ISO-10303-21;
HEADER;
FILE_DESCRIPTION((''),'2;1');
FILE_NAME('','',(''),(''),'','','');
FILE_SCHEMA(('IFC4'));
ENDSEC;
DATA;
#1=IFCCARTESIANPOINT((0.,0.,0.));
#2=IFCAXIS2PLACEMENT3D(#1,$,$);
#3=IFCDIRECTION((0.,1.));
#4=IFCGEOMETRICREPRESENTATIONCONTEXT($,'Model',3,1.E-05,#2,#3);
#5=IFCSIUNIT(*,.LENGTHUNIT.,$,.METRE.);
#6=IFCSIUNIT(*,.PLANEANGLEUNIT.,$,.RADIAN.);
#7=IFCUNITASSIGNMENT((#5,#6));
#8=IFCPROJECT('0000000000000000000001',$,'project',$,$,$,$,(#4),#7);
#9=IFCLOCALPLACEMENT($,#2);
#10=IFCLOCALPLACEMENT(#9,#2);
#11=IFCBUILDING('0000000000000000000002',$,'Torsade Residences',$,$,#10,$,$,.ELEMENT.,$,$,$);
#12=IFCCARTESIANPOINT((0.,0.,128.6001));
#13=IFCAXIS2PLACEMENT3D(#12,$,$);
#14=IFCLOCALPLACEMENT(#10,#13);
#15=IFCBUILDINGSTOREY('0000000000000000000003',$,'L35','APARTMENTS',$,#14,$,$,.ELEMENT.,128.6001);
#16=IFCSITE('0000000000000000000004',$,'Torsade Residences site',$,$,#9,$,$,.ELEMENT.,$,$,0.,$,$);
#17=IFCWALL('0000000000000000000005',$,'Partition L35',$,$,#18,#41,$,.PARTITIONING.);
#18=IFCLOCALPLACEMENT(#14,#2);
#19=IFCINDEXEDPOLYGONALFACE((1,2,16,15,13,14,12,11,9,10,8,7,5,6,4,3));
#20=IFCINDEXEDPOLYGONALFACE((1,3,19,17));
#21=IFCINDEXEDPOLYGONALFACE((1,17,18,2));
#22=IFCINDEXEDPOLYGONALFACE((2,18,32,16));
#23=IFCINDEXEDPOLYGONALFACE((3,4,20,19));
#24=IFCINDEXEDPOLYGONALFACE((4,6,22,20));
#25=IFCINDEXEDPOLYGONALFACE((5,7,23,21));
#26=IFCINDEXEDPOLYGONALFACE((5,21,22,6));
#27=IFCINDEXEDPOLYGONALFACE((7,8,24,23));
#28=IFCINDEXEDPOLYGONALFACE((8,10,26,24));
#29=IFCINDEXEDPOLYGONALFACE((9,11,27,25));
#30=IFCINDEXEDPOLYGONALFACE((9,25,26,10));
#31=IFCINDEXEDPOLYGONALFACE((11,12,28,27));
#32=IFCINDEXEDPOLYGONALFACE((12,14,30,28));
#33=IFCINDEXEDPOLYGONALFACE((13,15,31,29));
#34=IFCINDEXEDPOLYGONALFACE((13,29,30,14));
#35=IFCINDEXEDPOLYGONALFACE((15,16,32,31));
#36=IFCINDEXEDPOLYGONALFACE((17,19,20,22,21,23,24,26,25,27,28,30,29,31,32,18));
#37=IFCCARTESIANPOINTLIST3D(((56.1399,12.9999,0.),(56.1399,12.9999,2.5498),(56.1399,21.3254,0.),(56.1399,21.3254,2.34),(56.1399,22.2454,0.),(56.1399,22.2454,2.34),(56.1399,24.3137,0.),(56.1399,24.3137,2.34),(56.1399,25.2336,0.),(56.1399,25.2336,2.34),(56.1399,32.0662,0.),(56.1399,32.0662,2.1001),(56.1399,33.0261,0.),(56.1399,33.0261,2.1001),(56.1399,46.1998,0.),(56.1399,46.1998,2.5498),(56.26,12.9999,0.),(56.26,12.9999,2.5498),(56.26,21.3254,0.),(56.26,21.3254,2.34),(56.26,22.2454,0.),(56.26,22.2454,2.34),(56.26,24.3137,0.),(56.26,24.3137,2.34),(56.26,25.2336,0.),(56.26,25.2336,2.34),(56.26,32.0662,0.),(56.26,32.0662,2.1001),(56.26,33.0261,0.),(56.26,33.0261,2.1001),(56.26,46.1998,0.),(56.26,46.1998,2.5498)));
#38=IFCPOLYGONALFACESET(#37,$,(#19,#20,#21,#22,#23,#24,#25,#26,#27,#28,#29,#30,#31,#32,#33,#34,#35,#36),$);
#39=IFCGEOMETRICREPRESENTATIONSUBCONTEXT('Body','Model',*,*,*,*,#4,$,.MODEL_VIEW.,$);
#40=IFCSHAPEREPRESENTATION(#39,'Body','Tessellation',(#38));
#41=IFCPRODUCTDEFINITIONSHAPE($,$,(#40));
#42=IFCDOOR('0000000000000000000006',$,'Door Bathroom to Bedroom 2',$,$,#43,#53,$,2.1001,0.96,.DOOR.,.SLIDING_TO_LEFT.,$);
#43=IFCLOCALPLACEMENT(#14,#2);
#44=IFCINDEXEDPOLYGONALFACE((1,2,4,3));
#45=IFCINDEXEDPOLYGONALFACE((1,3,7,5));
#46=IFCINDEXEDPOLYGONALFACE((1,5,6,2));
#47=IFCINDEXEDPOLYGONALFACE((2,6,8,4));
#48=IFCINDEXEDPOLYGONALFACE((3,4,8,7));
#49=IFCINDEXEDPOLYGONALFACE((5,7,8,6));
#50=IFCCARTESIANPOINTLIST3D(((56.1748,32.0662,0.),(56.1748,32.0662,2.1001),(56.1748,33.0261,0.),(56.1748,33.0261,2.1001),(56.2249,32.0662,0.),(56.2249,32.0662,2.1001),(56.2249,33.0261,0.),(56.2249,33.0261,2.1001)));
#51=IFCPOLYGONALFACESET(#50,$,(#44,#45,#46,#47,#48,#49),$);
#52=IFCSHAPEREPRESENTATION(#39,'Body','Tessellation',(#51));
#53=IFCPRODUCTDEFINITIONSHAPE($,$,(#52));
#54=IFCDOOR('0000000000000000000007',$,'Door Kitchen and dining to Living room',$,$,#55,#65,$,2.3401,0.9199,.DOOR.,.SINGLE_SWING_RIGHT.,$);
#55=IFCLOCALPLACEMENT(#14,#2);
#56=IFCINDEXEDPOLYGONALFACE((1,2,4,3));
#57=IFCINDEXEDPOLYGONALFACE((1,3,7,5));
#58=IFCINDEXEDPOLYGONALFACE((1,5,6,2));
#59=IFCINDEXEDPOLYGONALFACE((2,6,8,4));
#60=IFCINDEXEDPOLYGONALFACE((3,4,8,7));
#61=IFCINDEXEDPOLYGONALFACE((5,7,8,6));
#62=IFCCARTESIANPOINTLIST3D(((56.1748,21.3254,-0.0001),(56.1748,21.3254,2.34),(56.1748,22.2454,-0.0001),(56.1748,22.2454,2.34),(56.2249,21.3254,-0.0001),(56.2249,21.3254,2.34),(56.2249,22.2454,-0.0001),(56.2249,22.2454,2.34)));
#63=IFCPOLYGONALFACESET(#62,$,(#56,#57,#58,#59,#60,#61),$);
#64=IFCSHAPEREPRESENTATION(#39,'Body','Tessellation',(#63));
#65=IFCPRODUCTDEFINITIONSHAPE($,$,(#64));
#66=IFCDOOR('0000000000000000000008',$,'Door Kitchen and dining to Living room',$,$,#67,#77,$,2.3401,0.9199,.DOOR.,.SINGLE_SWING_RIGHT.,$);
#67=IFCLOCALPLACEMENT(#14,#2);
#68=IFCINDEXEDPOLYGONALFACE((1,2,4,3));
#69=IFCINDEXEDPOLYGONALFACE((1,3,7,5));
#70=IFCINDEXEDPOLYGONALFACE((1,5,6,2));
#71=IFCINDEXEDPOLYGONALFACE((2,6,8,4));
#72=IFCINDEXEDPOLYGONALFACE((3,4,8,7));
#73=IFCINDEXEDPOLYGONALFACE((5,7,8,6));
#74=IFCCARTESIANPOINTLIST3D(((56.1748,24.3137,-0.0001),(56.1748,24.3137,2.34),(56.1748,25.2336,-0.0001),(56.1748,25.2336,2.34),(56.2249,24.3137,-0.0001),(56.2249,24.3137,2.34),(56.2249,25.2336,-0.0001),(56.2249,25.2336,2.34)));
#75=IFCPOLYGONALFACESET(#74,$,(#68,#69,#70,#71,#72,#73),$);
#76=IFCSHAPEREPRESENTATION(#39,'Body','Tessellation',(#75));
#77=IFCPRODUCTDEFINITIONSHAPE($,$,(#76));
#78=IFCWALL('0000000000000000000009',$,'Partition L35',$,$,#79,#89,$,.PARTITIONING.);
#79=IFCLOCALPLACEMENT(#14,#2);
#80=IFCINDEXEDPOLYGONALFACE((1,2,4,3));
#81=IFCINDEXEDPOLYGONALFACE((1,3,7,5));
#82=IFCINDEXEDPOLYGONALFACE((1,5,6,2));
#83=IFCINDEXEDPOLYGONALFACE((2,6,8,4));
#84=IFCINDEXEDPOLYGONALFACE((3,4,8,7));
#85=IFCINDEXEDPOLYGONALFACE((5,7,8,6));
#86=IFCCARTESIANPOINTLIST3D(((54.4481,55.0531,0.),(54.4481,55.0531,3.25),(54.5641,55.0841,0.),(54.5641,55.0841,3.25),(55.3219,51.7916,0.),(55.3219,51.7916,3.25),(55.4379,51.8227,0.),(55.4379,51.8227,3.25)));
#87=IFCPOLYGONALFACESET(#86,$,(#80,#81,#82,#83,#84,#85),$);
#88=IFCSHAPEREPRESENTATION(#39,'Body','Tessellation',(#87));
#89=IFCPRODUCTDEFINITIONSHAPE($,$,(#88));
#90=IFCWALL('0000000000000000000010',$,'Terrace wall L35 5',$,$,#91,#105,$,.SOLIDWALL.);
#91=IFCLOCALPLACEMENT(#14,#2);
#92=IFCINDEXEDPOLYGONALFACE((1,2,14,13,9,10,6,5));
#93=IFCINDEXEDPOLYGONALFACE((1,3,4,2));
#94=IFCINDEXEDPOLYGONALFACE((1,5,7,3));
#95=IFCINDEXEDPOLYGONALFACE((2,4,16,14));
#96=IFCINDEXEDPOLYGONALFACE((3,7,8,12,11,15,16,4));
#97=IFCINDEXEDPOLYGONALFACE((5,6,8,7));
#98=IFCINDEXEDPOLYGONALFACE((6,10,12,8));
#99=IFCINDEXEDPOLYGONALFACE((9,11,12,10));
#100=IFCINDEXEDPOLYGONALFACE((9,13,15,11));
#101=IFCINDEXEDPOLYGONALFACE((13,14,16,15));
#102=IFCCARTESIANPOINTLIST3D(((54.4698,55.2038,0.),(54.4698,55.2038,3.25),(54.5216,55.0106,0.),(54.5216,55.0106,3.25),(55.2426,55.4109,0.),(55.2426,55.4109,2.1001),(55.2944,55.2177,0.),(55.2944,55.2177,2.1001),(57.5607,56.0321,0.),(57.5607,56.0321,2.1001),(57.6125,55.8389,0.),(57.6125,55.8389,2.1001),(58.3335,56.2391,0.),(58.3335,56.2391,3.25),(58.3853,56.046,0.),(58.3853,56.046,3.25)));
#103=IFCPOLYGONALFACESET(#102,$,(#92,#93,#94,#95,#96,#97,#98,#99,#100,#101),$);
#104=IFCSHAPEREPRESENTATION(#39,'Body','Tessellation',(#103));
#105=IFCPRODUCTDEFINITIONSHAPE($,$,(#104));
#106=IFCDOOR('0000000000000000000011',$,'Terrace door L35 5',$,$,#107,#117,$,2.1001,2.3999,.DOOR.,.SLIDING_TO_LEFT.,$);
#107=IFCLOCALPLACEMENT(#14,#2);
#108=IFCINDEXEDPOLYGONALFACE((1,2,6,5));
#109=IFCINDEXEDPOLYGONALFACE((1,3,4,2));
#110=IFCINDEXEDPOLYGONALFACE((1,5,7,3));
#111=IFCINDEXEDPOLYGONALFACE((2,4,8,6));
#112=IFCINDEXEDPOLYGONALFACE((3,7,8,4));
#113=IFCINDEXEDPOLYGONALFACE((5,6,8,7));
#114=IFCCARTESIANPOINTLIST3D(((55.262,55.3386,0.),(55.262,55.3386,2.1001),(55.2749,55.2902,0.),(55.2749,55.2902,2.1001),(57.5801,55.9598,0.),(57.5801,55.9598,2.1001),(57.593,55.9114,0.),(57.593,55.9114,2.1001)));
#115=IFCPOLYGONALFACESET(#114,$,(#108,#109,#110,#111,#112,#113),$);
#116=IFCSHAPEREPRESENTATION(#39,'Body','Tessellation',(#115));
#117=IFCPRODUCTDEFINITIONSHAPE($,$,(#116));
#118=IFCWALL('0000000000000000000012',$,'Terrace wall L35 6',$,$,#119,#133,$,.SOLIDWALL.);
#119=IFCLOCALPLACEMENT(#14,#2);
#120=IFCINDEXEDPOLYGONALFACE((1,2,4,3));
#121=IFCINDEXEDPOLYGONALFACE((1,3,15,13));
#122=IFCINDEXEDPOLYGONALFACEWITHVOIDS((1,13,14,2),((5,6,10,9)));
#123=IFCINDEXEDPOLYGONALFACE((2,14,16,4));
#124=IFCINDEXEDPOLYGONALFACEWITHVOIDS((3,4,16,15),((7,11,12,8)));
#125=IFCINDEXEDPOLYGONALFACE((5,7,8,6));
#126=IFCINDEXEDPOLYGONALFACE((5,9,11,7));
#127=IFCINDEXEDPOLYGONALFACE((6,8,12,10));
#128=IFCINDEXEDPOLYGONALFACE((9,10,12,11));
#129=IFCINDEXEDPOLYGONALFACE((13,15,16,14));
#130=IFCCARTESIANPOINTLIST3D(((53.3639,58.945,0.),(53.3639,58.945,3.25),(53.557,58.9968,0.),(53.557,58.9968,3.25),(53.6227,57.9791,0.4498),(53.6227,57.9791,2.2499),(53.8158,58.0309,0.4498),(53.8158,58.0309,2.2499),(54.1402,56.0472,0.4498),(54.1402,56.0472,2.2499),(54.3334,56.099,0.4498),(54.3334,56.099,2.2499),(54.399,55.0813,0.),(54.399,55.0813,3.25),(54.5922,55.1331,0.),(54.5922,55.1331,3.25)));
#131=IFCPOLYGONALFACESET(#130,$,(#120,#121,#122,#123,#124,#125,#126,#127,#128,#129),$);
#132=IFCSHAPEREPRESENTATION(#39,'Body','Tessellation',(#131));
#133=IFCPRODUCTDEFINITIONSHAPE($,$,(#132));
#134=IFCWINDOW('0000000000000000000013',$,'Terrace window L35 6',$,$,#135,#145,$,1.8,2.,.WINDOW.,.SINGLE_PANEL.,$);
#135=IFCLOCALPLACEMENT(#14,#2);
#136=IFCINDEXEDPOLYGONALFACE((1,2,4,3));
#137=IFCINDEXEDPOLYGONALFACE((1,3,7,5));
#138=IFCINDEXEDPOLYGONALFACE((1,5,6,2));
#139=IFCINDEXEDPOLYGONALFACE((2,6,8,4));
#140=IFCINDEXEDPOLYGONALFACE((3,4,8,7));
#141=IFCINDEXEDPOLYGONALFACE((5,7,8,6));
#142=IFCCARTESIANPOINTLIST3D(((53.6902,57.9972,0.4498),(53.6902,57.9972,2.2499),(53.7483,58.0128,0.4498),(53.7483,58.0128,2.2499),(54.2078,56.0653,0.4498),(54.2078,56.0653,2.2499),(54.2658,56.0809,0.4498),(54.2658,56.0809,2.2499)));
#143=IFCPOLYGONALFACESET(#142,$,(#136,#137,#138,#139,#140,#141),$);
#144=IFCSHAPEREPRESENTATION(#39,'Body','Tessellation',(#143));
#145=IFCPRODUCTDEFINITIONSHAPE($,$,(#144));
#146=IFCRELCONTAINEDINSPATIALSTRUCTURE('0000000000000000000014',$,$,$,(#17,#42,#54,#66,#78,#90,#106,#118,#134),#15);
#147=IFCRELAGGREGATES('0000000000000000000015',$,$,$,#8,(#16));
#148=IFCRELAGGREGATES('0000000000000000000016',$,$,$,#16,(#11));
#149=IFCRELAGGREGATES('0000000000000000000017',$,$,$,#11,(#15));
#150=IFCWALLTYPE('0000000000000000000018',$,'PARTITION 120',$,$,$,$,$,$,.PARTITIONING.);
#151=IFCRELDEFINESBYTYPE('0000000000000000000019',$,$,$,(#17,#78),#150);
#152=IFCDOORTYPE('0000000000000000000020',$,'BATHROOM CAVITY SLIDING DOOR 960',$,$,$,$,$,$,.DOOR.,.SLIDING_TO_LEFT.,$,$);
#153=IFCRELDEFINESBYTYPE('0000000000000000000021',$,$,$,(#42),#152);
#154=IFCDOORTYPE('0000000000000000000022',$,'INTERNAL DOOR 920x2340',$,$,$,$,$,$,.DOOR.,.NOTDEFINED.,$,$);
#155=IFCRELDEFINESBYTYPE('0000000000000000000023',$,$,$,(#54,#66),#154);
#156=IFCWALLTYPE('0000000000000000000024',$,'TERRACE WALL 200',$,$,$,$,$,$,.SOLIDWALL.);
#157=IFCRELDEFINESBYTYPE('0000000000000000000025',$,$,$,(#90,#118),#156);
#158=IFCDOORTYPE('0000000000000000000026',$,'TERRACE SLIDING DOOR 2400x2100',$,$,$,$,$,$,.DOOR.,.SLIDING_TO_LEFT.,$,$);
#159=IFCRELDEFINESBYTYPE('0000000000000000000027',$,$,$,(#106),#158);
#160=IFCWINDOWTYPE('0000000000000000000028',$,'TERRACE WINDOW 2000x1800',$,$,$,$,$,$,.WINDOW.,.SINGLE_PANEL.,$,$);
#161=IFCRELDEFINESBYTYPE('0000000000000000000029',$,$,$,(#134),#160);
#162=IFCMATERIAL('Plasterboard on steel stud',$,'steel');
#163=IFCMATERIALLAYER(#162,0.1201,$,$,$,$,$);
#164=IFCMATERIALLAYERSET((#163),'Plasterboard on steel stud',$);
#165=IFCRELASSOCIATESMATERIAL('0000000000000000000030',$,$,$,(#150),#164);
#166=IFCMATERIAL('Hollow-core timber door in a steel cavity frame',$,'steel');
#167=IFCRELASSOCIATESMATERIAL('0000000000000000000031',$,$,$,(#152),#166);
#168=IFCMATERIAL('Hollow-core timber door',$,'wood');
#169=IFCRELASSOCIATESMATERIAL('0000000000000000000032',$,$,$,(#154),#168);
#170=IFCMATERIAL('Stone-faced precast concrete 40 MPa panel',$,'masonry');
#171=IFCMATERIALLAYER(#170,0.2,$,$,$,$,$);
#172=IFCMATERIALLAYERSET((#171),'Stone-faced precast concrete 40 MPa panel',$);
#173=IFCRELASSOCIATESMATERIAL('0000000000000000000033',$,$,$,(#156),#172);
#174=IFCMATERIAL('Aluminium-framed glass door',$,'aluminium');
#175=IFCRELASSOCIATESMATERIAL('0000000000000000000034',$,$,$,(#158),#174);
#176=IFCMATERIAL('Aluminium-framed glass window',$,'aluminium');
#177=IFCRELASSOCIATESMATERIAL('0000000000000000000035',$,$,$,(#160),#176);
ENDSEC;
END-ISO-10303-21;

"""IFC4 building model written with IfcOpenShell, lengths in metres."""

from ifc_helpers import new_model, si_unit, direction, frame, frame_2d, origin, place, context, subcontext, project, spatial, rectangle, extrude, material, layer, layer_set, type_object, element, fill, save


model = new_model("IFC4")

# Units and contexts
model_context = context("Model", 3, precision=1e-05, world=origin(), true_north=direction((0.0, 1.0)))
body_context = subcontext(model_context, "Body", "Model", "MODEL_VIEW")
ifc_project = project(units=[si_unit("LENGTHUNIT", "METRE"), si_unit("PLANEANGLEUNIT", "RADIAN")], contexts=[model_context])

# Site, building, storey
site_placement = place(None, origin())
site = spatial("IfcSite", under=ifc_project, at=site_placement, Name="Torsade Residences site", CompositionType="ELEMENT", RefElevation=0.0)
building_placement = place(site_placement, origin())
building = spatial("IfcBuilding", under=site, at=building_placement, Name="Torsade Residences", CompositionType="ELEMENT")
storey_placement = place(building_placement, frame((0.0, 0.0, 128.6001)))
storey = spatial("IfcBuildingStorey", under=building, at=storey_placement, Name="L35", Description="APARTMENTS", CompositionType="ELEMENT", Elevation=128.6001)

# Wall, openings, doors
ifc_material_1 = material(Name="Plasterboard on steel stud", Category="steel")
ifc_layer_1 = layer(ifc_material_1, 0.1201)
ifc_layer_set_1 = layer_set([ifc_layer_1], Name="Plasterboard on steel stud")
wall_type_1 = type_object("IfcWallType", Name="PARTITION 120", PredefinedType="PARTITIONING", material=ifc_layer_set_1)
wall_1_placement = place(storey_placement, frame((56.2, 46.2, 0.0), z_axis=(0.0, 0.0, 1.0), x_axis=(0.0, -1.0, 0.0)))
wall_1 = element("IfcWall", 1, at=wall_1_placement, inside=storey, type_object=wall_type_1, Name="Partition L35", PredefinedType="PARTITIONING", context=body_context, shape_type="SweptSolid", body=[
    extrude(rectangle(XDim=33.2, YDim=0.1201, at=frame_2d((16.6001, 0.0))), origin(), (0.0, 0.0, 1.0), 2.5498),
])
opening_1_placement = place(wall_1_placement, frame((23.9546, 0.0, 0.0)))
opening_1 = element("IfcOpeningElement", 2, at=opening_1_placement, cuts=wall_1, PredefinedType="OPENING", context=body_context, shape_type="SweptSolid", body=[
    extrude(rectangle(XDim=0.9199, YDim=2.3401, at=frame_2d((0.46, 1.1699))), frame((0.0, 0.0701, 0.0), z_axis=(0.0, -1.0, 0.0), x_axis=(1.0, 0.0, 0.0)), (0.0, 0.0, 1.0), 0.1401),
])
opening_2_placement = place(wall_1_placement, frame((20.9663, 0.0, 0.0)))
opening_2 = element("IfcOpeningElement", 3, at=opening_2_placement, cuts=wall_1, PredefinedType="OPENING", context=body_context, shape_type="SweptSolid", body=[
    extrude(rectangle(XDim=0.9199, YDim=2.3401, at=frame_2d((0.46, 1.1699))), frame((0.0, 0.0701, 0.0), z_axis=(0.0, -1.0, 0.0), x_axis=(1.0, 0.0, 0.0)), (0.0, 0.0, 1.0), 0.1401),
])
opening_3_placement = place(wall_1_placement, frame((13.1738, 0.0, 0.0)))
opening_3 = element("IfcOpeningElement", 4, at=opening_3_placement, cuts=wall_1, PredefinedType="OPENING", context=body_context, shape_type="SweptSolid", body=[
    extrude(rectangle(XDim=0.96, YDim=2.1001, at=frame_2d((0.48, 1.05))), frame((0.0, 0.0701, 0.0), z_axis=(0.0, -1.0, 0.0), x_axis=(1.0, 0.0, 0.0)), (0.0, 0.0, 1.0), 0.1401),
])
ifc_material_2 = material(Name="Hollow-core timber door in a steel cavity frame", Category="steel")
door_type_1 = type_object("IfcDoorType", Name="BATHROOM CAVITY SLIDING DOOR 960", OperationType="SLIDING_TO_LEFT", PredefinedType="DOOR", material=ifc_material_2)
door_1_placement = place(opening_3_placement, origin())
door_1 = element("IfcDoor", 5, at=door_1_placement, inside=storey, type_object=door_type_1, Name="Door Bathroom to Bedroom 2", OperationType="SLIDING_TO_LEFT", OverallHeight=2.1001, OverallWidth=0.96, PredefinedType="DOOR", context=body_context, shape_type="SweptSolid", body=[
    extrude(rectangle(XDim=0.96, YDim=2.1001, at=frame_2d((0.48, 1.05))), frame((0.0, 0.0249, 0.0), z_axis=(0.0, -1.0, 0.0), x_axis=(1.0, 0.0, 0.0)), (0.0, 0.0, 1.0), 0.05),
])
fill(opening_3, door_1)
ifc_material_3 = material(Name="Hollow-core timber door", Category="wood")
door_type_2 = type_object("IfcDoorType", Name="INTERNAL DOOR 920x2340", OperationType="NOTDEFINED", PredefinedType="DOOR", material=ifc_material_3)
door_2_placement = place(opening_1_placement, origin())
door_2 = element("IfcDoor", 6, at=door_2_placement, inside=storey, type_object=door_type_2, Name="Door Kitchen and dining to Living room", OperationType="SINGLE_SWING_RIGHT", OverallHeight=2.3401, OverallWidth=0.9199, PredefinedType="DOOR", context=body_context, shape_type="SweptSolid", body=[
    extrude(rectangle(XDim=0.9199, YDim=2.3401, at=frame_2d((0.46, 1.1699))), frame((0.0, 0.0249, 0.0), z_axis=(0.0, -1.0, 0.0), x_axis=(1.0, 0.0, 0.0)), (0.0, 0.0, 1.0), 0.05),
])
fill(opening_1, door_2)
door_3_placement = place(opening_2_placement, origin())
door_3 = element("IfcDoor", 7, at=door_3_placement, inside=storey, type_object=door_type_2, Name="Door Kitchen and dining to Living room", OperationType="SINGLE_SWING_RIGHT", OverallHeight=2.3401, OverallWidth=0.9199, PredefinedType="DOOR", context=body_context, shape_type="SweptSolid", body=[
    extrude(rectangle(XDim=0.9199, YDim=2.3401, at=frame_2d((0.46, 1.1699))), frame((0.0, 0.0249, 0.0), z_axis=(0.0, -1.0, 0.0), x_axis=(1.0, 0.0, 0.0)), (0.0, 0.0, 1.0), 0.05),
])
fill(opening_2, door_3)

# Wall
wall_2_placement = place(storey_placement, frame((54.5061, 55.0686, 0.0), z_axis=(0.0, 0.0, 1.0), x_axis=(0.258783, -0.965935, 0.0)))
element("IfcWall", 8, at=wall_2_placement, inside=storey, type_object=wall_type_1, Name="Partition L35", PredefinedType="PARTITIONING", context=body_context, shape_type="SweptSolid", body=[
    extrude(rectangle(XDim=3.3765, YDim=0.1201, at=frame_2d((1.6882, 0.0))), origin(), (0.0, 0.0, 1.0), 3.25),
])

# Wall, opening, door
ifc_material_4 = material(Name="Stone-faced precast concrete 40 MPa panel", Category="masonry")
ifc_layer_2 = layer(ifc_material_4, 0.2)
ifc_layer_set_2 = layer_set([ifc_layer_2], Name="Stone-faced precast concrete 40 MPa panel")
wall_type_2 = type_object("IfcWallType", Name="TERRACE WALL 200", PredefinedType="SOLIDWALL", material=ifc_layer_set_2)
wall_3_placement = place(storey_placement, frame((58.3594, 56.1426, 0.0), z_axis=(0.0, 0.0, 1.0), x_axis=(-0.965919, -0.258844, 0.0)))
wall_3 = element("IfcWall", 9, at=wall_3_placement, inside=storey, type_object=wall_type_2, Name="Terrace wall L35 5", PredefinedType="SOLIDWALL", context=body_context, shape_type="SweptSolid", body=[
    extrude(rectangle(XDim=4.0, YDim=0.2, at=frame_2d((2.0, 0.0))), origin(), (0.0, 0.0, 1.0), 3.25),
])
opening_4_placement = place(wall_3_placement, frame((0.8, 0.0, 0.0)))
opening_4 = element("IfcOpeningElement", 10, at=opening_4_placement, cuts=wall_3, PredefinedType="OPENING", context=body_context, shape_type="SweptSolid", body=[
    extrude(rectangle(XDim=2.3999, YDim=2.1001, at=frame_2d((1.2, 1.05))), frame((0.0, 0.1099, 0.0), z_axis=(0.0, -1.0, 0.0), x_axis=(1.0, 0.0, 0.0)), (0.0, 0.0, 1.0), 0.22),
])
ifc_material_5 = material(Name="Aluminium-framed glass door", Category="aluminium")
door_type_3 = type_object("IfcDoorType", Name="TERRACE SLIDING DOOR 2400x2100", OperationType="SLIDING_TO_LEFT", PredefinedType="DOOR", material=ifc_material_5)
door_4_placement = place(opening_4_placement, origin())
door_4 = element("IfcDoor", 11, at=door_4_placement, inside=storey, type_object=door_type_3, Name="Terrace door L35 5", OperationType="SLIDING_TO_LEFT", OverallHeight=2.1001, OverallWidth=2.3999, PredefinedType="DOOR", context=body_context, shape_type="SweptSolid", body=[
    extrude(rectangle(XDim=2.3999, YDim=2.1001, at=frame_2d((1.2, 1.05))), frame((0.0, 0.0249, 0.0), z_axis=(0.0, -1.0, 0.0), x_axis=(1.0, 0.0, 0.0)), (0.0, 0.0, 1.0), 0.05),
])
fill(opening_4, door_4)

# Wall, opening, window
wall_4_placement = place(storey_placement, frame((54.4956, 55.1072, 0.0), z_axis=(0.0, 0.0, 1.0), x_axis=(-0.258787, 0.965934, 0.0)))
wall_4 = element("IfcWall", 12, at=wall_4_placement, inside=storey, type_object=wall_type_2, Name="Terrace wall L35 6", PredefinedType="SOLIDWALL", context=body_context, shape_type="SweptSolid", body=[
    extrude(rectangle(XDim=4.0, YDim=0.2, at=frame_2d((2.0, 0.0))), origin(), (0.0, 0.0, 1.0), 3.25),
])
opening_5_placement = place(wall_4_placement, frame((1.0, 0.0, 0.45)))
opening_5 = element("IfcOpeningElement", 13, at=opening_5_placement, cuts=wall_4, PredefinedType="OPENING", context=body_context, shape_type="SweptSolid", body=[
    extrude(rectangle(XDim=2.0, YDim=1.8, at=frame_2d((1.0, 0.8999))), frame((0.0, 0.1099, 0.0), z_axis=(0.0, -1.0, 0.0), x_axis=(1.0, 0.0, 0.0)), (0.0, 0.0, 1.0), 0.22),
])
ifc_material_6 = material(Name="Aluminium-framed glass window", Category="aluminium")
window_type = type_object("IfcWindowType", Name="TERRACE WINDOW 2000x1800", PartitioningType="SINGLE_PANEL", PredefinedType="WINDOW", material=ifc_material_6)
window_placement = place(opening_5_placement, origin())
window = element("IfcWindow", 14, at=window_placement, inside=storey, type_object=window_type, Name="Terrace window L35 6", OverallHeight=1.8, OverallWidth=2.0, PartitioningType="SINGLE_PANEL", PredefinedType="WINDOW", context=body_context, shape_type="SweptSolid", body=[
    extrude(rectangle(XDim=2.0, YDim=1.8, at=frame_2d((1.0, 0.8999))), frame((0.0, 0.03, 0.0), z_axis=(0.0, -1.0, 0.0), x_axis=(1.0, 0.0, 0.0)), (0.0, 0.0, 1.0), 0.0601),
])
fill(opening_5, window)

save(model, "model.ifc")
